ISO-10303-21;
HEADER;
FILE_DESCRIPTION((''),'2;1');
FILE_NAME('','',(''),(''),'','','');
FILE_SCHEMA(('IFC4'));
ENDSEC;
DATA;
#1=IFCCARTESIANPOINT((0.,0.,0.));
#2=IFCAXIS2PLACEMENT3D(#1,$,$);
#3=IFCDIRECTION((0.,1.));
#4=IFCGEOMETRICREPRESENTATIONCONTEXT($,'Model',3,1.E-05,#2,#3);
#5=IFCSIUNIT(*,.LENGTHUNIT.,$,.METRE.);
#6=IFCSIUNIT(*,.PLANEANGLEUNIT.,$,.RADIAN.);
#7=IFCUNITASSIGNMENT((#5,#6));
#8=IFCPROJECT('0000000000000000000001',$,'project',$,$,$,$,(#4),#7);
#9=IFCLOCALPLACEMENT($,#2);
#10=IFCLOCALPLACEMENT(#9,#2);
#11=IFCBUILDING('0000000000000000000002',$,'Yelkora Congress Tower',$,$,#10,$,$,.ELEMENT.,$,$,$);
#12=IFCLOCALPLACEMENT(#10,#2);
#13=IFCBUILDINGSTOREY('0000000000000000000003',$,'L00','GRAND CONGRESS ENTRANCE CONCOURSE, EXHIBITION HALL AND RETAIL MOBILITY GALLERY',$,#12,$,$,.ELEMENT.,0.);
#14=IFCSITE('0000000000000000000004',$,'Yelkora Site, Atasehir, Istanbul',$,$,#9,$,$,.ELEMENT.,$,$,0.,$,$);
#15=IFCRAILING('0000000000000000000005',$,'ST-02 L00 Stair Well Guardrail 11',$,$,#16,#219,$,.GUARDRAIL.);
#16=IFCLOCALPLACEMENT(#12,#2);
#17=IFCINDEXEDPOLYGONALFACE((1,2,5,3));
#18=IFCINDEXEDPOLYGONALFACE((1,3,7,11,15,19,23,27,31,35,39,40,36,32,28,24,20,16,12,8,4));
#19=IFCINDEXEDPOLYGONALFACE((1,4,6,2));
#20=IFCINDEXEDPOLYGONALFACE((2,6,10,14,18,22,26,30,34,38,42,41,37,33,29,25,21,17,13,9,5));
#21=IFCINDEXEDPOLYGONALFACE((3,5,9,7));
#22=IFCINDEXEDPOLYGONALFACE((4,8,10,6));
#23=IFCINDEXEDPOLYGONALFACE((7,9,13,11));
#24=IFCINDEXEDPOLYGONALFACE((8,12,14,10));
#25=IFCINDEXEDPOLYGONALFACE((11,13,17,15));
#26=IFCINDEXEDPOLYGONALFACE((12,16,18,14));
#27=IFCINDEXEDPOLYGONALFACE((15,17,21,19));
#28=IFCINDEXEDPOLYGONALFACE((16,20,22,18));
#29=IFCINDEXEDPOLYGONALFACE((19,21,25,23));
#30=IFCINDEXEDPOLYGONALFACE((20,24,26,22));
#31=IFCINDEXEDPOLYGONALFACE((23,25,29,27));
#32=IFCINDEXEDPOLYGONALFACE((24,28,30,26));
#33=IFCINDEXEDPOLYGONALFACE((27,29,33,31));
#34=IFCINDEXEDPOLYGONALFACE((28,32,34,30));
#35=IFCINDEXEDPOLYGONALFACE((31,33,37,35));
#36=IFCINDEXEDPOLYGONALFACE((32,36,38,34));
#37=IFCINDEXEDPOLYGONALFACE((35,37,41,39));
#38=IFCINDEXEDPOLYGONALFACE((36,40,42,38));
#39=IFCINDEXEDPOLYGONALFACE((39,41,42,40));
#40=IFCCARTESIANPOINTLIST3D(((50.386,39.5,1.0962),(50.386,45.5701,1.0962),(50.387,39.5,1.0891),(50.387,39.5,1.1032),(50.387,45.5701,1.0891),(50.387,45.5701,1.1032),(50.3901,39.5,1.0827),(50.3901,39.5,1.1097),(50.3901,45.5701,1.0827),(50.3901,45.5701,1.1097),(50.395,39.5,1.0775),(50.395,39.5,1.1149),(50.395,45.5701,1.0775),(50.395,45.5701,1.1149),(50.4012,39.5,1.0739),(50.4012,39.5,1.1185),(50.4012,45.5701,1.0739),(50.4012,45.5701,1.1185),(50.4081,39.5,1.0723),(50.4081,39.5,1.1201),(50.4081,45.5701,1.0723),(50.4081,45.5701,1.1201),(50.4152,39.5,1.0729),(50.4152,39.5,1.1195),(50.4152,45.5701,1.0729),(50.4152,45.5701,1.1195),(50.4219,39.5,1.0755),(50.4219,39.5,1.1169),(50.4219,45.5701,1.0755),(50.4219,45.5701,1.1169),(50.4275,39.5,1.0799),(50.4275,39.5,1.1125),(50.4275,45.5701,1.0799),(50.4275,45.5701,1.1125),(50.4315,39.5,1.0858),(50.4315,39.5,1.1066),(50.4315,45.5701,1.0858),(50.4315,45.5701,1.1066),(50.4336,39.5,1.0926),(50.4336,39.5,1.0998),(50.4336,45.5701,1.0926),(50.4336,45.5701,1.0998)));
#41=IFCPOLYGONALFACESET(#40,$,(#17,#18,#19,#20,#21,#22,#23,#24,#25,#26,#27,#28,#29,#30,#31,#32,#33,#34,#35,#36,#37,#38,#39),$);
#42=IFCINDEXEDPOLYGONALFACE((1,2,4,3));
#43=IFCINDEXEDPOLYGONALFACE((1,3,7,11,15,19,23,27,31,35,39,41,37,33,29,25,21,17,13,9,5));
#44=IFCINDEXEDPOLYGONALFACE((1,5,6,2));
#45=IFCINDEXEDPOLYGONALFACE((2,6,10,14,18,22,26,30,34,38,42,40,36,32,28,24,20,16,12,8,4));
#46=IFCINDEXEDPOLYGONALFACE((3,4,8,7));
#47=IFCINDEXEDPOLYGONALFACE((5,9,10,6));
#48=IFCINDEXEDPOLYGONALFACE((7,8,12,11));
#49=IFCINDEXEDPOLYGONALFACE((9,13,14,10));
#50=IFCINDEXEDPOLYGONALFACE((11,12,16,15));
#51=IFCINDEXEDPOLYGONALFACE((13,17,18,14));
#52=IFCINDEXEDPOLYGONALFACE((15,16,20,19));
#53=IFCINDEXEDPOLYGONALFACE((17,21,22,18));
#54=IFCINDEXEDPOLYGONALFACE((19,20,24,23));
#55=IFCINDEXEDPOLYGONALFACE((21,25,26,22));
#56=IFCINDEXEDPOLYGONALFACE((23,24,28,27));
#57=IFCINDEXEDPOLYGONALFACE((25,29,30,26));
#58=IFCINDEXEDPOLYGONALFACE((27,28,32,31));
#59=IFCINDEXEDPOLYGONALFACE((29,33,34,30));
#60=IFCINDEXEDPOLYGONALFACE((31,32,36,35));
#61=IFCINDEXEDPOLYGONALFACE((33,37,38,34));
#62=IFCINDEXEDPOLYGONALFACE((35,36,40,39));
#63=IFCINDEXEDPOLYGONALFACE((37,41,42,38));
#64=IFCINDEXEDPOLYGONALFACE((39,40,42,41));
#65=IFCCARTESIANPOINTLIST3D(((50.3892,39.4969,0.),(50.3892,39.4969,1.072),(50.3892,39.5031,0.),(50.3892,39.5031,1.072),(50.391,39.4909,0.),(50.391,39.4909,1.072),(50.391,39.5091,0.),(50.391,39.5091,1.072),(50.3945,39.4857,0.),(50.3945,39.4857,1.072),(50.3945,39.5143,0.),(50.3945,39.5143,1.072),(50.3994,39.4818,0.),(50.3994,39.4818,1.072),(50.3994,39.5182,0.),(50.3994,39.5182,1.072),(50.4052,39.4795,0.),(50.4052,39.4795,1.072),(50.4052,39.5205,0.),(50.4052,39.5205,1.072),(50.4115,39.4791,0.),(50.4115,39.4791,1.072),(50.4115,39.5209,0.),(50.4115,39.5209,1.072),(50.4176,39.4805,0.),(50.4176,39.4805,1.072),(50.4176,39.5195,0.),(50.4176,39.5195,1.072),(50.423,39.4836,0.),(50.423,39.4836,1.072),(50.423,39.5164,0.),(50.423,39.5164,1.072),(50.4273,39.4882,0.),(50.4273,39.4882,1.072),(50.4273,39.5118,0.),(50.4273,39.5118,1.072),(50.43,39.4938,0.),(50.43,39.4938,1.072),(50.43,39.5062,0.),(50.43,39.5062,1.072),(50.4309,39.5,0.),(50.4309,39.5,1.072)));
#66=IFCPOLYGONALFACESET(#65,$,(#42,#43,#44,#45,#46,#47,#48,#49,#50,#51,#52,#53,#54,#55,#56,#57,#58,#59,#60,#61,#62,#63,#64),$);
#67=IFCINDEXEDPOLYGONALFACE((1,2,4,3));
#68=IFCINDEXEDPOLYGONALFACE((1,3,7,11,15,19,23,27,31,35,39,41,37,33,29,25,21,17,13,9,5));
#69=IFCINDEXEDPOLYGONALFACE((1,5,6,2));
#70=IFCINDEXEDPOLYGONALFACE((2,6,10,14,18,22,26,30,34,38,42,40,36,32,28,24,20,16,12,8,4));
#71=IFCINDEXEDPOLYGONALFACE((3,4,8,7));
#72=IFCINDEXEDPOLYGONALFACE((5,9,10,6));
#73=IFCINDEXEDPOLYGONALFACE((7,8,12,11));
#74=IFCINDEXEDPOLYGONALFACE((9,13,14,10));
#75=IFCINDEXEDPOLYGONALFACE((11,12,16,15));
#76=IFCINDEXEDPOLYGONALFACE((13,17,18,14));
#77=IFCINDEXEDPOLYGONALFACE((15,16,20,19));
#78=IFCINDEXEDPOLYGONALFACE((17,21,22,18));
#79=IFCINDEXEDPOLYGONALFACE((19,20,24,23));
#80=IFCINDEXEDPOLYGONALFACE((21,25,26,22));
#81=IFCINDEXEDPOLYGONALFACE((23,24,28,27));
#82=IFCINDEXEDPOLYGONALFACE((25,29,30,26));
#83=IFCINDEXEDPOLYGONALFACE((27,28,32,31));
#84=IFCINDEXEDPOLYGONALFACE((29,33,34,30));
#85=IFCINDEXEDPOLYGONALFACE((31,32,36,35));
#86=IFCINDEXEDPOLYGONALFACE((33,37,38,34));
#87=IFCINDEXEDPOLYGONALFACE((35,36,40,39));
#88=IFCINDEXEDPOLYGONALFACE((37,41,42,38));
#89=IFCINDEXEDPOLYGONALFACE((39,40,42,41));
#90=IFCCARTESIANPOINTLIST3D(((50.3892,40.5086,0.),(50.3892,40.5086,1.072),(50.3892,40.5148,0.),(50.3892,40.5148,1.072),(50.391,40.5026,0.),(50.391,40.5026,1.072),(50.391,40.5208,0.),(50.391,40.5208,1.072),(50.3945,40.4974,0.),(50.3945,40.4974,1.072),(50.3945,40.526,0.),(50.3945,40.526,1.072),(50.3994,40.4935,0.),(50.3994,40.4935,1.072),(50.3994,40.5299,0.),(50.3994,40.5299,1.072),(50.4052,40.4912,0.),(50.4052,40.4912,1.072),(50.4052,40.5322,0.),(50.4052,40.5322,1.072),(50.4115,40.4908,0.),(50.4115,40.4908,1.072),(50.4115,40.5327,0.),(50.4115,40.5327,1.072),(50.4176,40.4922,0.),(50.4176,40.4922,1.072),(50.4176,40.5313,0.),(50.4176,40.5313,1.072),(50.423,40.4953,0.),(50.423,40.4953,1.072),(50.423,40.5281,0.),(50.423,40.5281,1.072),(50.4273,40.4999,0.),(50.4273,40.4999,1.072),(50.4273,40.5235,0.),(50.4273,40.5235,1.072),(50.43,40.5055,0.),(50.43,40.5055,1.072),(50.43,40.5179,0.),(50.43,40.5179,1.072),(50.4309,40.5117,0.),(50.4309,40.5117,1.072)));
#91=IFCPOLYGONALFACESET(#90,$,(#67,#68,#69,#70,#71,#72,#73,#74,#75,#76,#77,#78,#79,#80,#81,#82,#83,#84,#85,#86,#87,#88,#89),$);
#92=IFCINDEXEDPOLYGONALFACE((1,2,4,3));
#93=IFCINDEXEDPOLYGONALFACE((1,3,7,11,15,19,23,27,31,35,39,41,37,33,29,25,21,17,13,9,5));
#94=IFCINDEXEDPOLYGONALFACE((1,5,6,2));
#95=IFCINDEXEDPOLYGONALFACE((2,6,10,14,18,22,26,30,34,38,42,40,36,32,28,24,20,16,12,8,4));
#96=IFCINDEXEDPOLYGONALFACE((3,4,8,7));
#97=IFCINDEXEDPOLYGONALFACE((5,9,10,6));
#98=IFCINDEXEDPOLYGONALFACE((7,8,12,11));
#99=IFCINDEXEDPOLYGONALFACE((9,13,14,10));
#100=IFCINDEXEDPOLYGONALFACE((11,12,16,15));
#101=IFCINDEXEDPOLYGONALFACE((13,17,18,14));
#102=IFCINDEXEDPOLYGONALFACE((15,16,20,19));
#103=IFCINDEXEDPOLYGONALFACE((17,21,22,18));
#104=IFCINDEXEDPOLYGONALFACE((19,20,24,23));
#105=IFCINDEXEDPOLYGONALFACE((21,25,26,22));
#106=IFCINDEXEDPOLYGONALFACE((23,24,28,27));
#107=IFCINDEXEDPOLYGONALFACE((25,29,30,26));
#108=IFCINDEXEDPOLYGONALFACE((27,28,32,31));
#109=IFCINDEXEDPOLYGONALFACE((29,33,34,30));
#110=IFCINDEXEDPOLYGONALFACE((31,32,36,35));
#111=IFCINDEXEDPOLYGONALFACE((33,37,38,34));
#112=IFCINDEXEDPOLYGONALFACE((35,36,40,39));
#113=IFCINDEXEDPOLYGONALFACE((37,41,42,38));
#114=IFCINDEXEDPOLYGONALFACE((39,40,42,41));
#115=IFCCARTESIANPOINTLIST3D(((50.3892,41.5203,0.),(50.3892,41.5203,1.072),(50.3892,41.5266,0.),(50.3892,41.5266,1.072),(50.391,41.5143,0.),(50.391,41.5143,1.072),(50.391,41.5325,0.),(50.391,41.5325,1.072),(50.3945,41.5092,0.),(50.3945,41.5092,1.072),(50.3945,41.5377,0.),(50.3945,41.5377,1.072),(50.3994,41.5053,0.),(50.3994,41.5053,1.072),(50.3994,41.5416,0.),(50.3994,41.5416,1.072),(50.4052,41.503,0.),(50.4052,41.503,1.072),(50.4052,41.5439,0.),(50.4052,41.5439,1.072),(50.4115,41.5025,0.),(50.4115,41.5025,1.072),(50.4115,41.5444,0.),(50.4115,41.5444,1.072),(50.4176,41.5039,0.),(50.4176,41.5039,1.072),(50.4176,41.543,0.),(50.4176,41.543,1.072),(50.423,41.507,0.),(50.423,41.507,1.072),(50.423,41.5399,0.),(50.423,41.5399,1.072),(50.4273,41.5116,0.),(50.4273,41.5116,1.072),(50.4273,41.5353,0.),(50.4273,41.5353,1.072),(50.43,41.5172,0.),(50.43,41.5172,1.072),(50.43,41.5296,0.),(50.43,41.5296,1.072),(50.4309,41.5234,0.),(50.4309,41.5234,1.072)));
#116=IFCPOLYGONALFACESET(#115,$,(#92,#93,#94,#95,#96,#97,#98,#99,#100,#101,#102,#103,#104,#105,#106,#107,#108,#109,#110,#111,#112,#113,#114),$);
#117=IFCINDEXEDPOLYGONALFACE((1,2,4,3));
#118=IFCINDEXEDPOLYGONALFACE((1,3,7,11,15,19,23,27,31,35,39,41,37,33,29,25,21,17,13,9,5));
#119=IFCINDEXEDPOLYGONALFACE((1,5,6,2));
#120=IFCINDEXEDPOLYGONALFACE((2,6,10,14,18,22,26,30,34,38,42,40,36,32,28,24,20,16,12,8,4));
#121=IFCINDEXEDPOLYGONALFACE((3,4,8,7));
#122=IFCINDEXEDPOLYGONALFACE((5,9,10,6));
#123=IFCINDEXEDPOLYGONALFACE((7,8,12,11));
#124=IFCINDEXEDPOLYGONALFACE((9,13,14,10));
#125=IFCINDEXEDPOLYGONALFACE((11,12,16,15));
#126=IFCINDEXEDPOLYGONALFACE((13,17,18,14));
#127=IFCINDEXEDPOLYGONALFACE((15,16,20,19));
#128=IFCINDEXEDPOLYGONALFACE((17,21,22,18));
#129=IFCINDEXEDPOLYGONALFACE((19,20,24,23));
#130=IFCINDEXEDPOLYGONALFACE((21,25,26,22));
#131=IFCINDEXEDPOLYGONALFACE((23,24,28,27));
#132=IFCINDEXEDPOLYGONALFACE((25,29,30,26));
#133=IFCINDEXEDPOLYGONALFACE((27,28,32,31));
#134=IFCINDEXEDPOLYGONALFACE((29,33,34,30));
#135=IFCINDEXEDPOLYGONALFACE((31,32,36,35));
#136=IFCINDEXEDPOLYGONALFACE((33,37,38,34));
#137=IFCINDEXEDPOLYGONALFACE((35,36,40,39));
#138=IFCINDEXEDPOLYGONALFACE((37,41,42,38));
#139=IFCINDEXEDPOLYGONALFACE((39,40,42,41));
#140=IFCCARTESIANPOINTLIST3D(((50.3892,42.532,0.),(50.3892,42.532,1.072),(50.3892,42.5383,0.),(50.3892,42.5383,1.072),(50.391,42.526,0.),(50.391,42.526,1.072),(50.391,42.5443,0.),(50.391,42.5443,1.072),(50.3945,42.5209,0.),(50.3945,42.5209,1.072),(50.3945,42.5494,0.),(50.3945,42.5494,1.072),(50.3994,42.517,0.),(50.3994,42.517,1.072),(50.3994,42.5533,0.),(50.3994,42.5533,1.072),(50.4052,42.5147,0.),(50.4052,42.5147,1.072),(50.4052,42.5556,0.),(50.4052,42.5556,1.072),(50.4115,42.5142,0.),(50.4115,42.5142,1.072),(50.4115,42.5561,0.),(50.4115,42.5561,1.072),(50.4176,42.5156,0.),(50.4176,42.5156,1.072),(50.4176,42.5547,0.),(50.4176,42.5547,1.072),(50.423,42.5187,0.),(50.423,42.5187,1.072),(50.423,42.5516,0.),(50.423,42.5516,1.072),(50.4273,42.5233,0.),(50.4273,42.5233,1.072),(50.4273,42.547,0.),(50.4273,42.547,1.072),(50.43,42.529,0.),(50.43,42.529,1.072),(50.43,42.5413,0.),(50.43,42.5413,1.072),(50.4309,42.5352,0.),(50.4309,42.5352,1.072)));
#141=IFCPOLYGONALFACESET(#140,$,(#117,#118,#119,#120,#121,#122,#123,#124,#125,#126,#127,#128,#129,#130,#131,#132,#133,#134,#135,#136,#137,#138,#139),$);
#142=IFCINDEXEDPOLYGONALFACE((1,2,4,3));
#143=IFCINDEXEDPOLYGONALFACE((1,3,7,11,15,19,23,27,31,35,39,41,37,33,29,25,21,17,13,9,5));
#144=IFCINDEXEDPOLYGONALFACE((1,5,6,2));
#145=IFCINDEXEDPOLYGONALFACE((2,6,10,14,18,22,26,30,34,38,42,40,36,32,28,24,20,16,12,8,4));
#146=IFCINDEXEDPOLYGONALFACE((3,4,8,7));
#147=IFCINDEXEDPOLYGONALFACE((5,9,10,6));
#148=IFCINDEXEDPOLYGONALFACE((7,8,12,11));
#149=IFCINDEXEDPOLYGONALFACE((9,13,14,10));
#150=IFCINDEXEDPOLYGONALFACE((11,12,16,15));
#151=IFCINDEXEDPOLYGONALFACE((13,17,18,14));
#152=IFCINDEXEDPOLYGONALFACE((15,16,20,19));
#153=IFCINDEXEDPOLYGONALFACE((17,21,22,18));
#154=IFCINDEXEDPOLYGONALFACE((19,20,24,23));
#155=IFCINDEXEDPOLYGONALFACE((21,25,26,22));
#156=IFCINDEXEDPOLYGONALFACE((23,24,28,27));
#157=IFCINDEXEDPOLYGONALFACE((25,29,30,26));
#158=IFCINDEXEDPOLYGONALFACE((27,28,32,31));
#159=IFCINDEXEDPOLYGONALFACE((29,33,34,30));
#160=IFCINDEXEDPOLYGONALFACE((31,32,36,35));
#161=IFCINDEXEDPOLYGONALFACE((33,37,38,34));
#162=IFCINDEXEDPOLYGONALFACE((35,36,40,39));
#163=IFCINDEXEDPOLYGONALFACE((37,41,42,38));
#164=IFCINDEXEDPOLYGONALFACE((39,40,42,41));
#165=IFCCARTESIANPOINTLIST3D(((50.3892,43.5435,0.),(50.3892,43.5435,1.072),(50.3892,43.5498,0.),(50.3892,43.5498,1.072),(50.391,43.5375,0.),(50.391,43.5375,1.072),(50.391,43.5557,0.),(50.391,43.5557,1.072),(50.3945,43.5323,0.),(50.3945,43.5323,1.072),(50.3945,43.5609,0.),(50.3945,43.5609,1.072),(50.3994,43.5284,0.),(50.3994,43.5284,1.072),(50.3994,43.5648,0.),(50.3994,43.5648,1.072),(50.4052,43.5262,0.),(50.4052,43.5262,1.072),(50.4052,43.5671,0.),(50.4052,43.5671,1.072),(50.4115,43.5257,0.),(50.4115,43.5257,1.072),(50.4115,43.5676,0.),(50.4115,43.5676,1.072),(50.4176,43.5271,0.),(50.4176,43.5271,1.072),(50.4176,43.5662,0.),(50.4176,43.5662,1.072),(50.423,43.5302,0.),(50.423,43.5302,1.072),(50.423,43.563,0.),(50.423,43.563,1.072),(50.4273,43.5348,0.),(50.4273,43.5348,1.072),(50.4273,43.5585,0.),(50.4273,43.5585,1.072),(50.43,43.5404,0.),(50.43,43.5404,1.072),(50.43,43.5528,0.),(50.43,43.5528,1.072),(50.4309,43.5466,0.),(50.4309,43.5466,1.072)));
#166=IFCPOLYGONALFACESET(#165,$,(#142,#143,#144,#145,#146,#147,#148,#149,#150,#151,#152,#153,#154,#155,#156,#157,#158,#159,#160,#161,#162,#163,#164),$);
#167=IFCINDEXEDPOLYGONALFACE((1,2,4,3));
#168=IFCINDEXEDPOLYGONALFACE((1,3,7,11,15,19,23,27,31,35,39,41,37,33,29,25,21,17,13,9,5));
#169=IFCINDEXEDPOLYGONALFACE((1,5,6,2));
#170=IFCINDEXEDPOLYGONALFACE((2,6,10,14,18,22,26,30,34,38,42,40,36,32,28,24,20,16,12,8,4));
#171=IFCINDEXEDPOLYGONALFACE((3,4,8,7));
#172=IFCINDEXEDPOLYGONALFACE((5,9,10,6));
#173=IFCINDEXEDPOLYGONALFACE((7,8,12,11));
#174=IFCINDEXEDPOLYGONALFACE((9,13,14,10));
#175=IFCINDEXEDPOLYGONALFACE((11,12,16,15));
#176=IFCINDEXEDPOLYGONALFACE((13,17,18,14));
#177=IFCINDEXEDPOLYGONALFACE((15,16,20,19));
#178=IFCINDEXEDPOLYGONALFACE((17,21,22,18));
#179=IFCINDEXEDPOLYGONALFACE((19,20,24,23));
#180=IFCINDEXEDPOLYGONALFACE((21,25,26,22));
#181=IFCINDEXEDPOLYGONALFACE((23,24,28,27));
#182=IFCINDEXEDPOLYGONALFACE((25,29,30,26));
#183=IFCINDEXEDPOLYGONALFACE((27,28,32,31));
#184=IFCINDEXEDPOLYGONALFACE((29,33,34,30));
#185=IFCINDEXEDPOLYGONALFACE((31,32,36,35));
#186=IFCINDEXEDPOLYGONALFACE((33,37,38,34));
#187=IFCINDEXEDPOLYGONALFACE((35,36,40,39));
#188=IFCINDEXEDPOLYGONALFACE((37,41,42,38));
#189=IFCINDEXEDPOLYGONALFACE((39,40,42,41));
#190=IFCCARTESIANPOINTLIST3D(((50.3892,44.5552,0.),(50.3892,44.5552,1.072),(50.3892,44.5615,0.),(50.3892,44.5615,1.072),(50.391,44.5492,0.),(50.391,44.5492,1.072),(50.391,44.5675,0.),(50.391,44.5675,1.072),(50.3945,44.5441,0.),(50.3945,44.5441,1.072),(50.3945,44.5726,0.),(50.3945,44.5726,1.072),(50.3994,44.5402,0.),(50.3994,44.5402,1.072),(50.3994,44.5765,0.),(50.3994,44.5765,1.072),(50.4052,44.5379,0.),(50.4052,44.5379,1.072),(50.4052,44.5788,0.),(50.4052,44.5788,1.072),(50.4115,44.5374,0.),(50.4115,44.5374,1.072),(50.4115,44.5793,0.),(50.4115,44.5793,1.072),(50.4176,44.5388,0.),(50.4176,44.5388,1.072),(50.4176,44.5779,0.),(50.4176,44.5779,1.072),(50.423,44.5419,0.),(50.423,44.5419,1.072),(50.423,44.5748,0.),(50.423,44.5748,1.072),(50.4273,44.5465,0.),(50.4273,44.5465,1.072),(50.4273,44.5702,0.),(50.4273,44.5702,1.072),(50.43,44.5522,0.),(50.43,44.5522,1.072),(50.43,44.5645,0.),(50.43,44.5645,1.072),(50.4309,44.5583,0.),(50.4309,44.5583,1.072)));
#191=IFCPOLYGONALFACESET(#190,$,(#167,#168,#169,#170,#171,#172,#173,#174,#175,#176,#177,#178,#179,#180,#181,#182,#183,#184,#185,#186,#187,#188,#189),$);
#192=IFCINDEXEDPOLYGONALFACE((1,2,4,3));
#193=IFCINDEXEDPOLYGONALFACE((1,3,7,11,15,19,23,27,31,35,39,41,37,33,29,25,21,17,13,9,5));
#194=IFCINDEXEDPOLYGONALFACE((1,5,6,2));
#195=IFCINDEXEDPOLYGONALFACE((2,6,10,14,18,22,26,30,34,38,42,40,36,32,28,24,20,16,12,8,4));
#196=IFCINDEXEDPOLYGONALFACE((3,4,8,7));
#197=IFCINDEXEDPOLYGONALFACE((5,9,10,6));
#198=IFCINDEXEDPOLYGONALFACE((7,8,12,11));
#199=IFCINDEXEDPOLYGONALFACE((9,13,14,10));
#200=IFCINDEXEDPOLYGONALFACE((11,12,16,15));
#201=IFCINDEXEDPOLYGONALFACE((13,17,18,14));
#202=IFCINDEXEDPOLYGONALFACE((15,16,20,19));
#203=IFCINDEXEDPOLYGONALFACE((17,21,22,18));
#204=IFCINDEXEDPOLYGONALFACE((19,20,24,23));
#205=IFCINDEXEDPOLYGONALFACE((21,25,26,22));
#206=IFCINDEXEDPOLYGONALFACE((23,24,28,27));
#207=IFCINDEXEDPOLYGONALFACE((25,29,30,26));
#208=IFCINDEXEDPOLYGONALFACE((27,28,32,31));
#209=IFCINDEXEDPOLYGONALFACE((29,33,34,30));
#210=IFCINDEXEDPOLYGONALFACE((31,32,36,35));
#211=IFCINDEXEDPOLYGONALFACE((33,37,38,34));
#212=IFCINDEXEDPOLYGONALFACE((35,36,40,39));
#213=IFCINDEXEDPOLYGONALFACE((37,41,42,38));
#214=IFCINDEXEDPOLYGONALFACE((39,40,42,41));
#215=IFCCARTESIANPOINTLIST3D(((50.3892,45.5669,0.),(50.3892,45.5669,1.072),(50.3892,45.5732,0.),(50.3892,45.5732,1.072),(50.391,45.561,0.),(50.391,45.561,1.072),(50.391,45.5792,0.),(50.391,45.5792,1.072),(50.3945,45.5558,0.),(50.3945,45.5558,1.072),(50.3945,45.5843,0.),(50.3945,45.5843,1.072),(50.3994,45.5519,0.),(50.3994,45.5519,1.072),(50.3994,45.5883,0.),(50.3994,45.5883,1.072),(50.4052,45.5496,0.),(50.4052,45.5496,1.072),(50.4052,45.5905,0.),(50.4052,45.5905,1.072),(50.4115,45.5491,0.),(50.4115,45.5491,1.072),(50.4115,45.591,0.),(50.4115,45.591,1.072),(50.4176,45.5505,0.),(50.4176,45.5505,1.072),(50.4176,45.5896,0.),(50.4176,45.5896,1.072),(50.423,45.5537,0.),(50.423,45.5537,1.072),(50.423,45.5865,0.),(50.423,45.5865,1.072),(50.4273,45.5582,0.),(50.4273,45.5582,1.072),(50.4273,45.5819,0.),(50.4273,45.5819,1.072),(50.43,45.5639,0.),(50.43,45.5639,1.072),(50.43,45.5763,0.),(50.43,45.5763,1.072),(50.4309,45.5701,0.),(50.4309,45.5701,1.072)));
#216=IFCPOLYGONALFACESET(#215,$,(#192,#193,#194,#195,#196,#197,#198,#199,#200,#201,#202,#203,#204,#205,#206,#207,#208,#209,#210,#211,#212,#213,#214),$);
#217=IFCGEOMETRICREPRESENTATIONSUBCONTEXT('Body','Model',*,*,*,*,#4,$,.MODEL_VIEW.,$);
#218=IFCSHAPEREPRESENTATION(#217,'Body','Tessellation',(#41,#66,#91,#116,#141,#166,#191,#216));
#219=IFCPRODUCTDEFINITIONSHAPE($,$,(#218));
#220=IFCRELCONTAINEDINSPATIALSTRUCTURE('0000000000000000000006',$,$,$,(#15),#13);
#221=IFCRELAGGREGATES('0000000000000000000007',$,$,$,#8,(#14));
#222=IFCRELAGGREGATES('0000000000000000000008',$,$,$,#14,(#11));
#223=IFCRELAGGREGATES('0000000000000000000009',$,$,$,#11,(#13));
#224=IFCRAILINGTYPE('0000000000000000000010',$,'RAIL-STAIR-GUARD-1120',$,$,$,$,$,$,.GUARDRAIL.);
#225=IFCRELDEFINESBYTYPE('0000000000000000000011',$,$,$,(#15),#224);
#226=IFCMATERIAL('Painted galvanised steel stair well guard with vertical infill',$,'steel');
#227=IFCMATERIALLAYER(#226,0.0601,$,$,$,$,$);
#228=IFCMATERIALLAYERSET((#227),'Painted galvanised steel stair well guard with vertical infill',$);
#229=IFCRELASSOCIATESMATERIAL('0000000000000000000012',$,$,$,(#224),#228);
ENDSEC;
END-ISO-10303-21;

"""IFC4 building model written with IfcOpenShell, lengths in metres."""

from ifc_helpers import new_model, si_unit, direction, frame, origin, origin_2d, place, context, subcontext, project, spatial, circle, extrude, material, layer, layer_set, type_object, element, save


model = new_model("IFC4")

# Units and contexts
model_context = context("Model", 3, precision=1e-05, world=origin(), true_north=direction((0.0, 1.0)))
body_context = subcontext(model_context, "Body", "Model", "MODEL_VIEW")
ifc_project = project(units=[si_unit("LENGTHUNIT", "METRE"), si_unit("PLANEANGLEUNIT", "RADIAN")], contexts=[model_context])

# Site, building, storey
site_placement = place(None, origin())
site = spatial("IfcSite", under=ifc_project, at=site_placement, Name="Yelkora Site, Atasehir, Istanbul", CompositionType="ELEMENT", RefElevation=0.0)
building_placement = place(site_placement, origin())
building = spatial("IfcBuilding", under=site, at=building_placement, Name="Yelkora Congress Tower", CompositionType="ELEMENT")
storey_placement = place(building_placement, origin())
storey = spatial("IfcBuildingStorey", under=building, at=storey_placement, Name="L00", Description="GRAND CONGRESS ENTRANCE CONCOURSE, EXHIBITION HALL AND RETAIL MOBILITY GALLERY", CompositionType="ELEMENT", Elevation=0.0)

# Railing
ifc_material_1 = material(Name="Painted galvanised steel stair well guard with vertical infill", Category="steel")
ifc_layer_1 = layer(ifc_material_1, 0.0601)
ifc_layer_set_1 = layer_set([ifc_layer_1], Name="Painted galvanised steel stair well guard with vertical infill")
railing_type_1 = type_object("IfcRailingType", Name="RAIL-STAIR-GUARD-1120", PredefinedType="GUARDRAIL", material=ifc_layer_set_1)
railing_1_placement = place(storey_placement, frame((50.4099, 39.5, 0.0)))
element("IfcRailing", 1, at=railing_1_placement, inside=storey, type_object=railing_type_1, Name="ST-02 L00 Stair Well Guardrail 11", PredefinedType="GUARDRAIL", context=body_context, shape_type="SweptSolid", body=[
    extrude(circle(Radius=0.0239, at=origin_2d()), frame((0.0, 0.0, 1.0962), z_axis=(0.0, 1.0, 0.0), x_axis=(-1.0, 0.0, 0.0)), (0.0, 0.0, 1.0), 6.0701),
    extrude(circle(Radius=0.021, at=origin_2d()), origin(), (0.0, 0.0, 1.0), 1.072),
    extrude(circle(Radius=0.021, at=origin_2d()), frame((0.0, 1.0117, 0.0)), (0.0, 0.0, 1.0), 1.072),
    extrude(circle(Radius=0.021, at=origin_2d()), frame((0.0, 2.0234, 0.0)), (0.0, 0.0, 1.0), 1.072),
    extrude(circle(Radius=0.021, at=origin_2d()), frame((0.0, 3.0352, 0.0)), (0.0, 0.0, 1.0), 1.072),
    extrude(circle(Radius=0.021, at=origin_2d()), frame((0.0, 4.0466, 0.0)), (0.0, 0.0, 1.0), 1.072),
    extrude(circle(Radius=0.021, at=origin_2d()), frame((0.0, 5.0583, 0.0)), (0.0, 0.0, 1.0), 1.072),
    extrude(circle(Radius=0.021, at=origin_2d()), frame((0.0, 6.0701, 0.0)), (0.0, 0.0, 1.0), 1.072),
])

save(model, "model.ifc")
